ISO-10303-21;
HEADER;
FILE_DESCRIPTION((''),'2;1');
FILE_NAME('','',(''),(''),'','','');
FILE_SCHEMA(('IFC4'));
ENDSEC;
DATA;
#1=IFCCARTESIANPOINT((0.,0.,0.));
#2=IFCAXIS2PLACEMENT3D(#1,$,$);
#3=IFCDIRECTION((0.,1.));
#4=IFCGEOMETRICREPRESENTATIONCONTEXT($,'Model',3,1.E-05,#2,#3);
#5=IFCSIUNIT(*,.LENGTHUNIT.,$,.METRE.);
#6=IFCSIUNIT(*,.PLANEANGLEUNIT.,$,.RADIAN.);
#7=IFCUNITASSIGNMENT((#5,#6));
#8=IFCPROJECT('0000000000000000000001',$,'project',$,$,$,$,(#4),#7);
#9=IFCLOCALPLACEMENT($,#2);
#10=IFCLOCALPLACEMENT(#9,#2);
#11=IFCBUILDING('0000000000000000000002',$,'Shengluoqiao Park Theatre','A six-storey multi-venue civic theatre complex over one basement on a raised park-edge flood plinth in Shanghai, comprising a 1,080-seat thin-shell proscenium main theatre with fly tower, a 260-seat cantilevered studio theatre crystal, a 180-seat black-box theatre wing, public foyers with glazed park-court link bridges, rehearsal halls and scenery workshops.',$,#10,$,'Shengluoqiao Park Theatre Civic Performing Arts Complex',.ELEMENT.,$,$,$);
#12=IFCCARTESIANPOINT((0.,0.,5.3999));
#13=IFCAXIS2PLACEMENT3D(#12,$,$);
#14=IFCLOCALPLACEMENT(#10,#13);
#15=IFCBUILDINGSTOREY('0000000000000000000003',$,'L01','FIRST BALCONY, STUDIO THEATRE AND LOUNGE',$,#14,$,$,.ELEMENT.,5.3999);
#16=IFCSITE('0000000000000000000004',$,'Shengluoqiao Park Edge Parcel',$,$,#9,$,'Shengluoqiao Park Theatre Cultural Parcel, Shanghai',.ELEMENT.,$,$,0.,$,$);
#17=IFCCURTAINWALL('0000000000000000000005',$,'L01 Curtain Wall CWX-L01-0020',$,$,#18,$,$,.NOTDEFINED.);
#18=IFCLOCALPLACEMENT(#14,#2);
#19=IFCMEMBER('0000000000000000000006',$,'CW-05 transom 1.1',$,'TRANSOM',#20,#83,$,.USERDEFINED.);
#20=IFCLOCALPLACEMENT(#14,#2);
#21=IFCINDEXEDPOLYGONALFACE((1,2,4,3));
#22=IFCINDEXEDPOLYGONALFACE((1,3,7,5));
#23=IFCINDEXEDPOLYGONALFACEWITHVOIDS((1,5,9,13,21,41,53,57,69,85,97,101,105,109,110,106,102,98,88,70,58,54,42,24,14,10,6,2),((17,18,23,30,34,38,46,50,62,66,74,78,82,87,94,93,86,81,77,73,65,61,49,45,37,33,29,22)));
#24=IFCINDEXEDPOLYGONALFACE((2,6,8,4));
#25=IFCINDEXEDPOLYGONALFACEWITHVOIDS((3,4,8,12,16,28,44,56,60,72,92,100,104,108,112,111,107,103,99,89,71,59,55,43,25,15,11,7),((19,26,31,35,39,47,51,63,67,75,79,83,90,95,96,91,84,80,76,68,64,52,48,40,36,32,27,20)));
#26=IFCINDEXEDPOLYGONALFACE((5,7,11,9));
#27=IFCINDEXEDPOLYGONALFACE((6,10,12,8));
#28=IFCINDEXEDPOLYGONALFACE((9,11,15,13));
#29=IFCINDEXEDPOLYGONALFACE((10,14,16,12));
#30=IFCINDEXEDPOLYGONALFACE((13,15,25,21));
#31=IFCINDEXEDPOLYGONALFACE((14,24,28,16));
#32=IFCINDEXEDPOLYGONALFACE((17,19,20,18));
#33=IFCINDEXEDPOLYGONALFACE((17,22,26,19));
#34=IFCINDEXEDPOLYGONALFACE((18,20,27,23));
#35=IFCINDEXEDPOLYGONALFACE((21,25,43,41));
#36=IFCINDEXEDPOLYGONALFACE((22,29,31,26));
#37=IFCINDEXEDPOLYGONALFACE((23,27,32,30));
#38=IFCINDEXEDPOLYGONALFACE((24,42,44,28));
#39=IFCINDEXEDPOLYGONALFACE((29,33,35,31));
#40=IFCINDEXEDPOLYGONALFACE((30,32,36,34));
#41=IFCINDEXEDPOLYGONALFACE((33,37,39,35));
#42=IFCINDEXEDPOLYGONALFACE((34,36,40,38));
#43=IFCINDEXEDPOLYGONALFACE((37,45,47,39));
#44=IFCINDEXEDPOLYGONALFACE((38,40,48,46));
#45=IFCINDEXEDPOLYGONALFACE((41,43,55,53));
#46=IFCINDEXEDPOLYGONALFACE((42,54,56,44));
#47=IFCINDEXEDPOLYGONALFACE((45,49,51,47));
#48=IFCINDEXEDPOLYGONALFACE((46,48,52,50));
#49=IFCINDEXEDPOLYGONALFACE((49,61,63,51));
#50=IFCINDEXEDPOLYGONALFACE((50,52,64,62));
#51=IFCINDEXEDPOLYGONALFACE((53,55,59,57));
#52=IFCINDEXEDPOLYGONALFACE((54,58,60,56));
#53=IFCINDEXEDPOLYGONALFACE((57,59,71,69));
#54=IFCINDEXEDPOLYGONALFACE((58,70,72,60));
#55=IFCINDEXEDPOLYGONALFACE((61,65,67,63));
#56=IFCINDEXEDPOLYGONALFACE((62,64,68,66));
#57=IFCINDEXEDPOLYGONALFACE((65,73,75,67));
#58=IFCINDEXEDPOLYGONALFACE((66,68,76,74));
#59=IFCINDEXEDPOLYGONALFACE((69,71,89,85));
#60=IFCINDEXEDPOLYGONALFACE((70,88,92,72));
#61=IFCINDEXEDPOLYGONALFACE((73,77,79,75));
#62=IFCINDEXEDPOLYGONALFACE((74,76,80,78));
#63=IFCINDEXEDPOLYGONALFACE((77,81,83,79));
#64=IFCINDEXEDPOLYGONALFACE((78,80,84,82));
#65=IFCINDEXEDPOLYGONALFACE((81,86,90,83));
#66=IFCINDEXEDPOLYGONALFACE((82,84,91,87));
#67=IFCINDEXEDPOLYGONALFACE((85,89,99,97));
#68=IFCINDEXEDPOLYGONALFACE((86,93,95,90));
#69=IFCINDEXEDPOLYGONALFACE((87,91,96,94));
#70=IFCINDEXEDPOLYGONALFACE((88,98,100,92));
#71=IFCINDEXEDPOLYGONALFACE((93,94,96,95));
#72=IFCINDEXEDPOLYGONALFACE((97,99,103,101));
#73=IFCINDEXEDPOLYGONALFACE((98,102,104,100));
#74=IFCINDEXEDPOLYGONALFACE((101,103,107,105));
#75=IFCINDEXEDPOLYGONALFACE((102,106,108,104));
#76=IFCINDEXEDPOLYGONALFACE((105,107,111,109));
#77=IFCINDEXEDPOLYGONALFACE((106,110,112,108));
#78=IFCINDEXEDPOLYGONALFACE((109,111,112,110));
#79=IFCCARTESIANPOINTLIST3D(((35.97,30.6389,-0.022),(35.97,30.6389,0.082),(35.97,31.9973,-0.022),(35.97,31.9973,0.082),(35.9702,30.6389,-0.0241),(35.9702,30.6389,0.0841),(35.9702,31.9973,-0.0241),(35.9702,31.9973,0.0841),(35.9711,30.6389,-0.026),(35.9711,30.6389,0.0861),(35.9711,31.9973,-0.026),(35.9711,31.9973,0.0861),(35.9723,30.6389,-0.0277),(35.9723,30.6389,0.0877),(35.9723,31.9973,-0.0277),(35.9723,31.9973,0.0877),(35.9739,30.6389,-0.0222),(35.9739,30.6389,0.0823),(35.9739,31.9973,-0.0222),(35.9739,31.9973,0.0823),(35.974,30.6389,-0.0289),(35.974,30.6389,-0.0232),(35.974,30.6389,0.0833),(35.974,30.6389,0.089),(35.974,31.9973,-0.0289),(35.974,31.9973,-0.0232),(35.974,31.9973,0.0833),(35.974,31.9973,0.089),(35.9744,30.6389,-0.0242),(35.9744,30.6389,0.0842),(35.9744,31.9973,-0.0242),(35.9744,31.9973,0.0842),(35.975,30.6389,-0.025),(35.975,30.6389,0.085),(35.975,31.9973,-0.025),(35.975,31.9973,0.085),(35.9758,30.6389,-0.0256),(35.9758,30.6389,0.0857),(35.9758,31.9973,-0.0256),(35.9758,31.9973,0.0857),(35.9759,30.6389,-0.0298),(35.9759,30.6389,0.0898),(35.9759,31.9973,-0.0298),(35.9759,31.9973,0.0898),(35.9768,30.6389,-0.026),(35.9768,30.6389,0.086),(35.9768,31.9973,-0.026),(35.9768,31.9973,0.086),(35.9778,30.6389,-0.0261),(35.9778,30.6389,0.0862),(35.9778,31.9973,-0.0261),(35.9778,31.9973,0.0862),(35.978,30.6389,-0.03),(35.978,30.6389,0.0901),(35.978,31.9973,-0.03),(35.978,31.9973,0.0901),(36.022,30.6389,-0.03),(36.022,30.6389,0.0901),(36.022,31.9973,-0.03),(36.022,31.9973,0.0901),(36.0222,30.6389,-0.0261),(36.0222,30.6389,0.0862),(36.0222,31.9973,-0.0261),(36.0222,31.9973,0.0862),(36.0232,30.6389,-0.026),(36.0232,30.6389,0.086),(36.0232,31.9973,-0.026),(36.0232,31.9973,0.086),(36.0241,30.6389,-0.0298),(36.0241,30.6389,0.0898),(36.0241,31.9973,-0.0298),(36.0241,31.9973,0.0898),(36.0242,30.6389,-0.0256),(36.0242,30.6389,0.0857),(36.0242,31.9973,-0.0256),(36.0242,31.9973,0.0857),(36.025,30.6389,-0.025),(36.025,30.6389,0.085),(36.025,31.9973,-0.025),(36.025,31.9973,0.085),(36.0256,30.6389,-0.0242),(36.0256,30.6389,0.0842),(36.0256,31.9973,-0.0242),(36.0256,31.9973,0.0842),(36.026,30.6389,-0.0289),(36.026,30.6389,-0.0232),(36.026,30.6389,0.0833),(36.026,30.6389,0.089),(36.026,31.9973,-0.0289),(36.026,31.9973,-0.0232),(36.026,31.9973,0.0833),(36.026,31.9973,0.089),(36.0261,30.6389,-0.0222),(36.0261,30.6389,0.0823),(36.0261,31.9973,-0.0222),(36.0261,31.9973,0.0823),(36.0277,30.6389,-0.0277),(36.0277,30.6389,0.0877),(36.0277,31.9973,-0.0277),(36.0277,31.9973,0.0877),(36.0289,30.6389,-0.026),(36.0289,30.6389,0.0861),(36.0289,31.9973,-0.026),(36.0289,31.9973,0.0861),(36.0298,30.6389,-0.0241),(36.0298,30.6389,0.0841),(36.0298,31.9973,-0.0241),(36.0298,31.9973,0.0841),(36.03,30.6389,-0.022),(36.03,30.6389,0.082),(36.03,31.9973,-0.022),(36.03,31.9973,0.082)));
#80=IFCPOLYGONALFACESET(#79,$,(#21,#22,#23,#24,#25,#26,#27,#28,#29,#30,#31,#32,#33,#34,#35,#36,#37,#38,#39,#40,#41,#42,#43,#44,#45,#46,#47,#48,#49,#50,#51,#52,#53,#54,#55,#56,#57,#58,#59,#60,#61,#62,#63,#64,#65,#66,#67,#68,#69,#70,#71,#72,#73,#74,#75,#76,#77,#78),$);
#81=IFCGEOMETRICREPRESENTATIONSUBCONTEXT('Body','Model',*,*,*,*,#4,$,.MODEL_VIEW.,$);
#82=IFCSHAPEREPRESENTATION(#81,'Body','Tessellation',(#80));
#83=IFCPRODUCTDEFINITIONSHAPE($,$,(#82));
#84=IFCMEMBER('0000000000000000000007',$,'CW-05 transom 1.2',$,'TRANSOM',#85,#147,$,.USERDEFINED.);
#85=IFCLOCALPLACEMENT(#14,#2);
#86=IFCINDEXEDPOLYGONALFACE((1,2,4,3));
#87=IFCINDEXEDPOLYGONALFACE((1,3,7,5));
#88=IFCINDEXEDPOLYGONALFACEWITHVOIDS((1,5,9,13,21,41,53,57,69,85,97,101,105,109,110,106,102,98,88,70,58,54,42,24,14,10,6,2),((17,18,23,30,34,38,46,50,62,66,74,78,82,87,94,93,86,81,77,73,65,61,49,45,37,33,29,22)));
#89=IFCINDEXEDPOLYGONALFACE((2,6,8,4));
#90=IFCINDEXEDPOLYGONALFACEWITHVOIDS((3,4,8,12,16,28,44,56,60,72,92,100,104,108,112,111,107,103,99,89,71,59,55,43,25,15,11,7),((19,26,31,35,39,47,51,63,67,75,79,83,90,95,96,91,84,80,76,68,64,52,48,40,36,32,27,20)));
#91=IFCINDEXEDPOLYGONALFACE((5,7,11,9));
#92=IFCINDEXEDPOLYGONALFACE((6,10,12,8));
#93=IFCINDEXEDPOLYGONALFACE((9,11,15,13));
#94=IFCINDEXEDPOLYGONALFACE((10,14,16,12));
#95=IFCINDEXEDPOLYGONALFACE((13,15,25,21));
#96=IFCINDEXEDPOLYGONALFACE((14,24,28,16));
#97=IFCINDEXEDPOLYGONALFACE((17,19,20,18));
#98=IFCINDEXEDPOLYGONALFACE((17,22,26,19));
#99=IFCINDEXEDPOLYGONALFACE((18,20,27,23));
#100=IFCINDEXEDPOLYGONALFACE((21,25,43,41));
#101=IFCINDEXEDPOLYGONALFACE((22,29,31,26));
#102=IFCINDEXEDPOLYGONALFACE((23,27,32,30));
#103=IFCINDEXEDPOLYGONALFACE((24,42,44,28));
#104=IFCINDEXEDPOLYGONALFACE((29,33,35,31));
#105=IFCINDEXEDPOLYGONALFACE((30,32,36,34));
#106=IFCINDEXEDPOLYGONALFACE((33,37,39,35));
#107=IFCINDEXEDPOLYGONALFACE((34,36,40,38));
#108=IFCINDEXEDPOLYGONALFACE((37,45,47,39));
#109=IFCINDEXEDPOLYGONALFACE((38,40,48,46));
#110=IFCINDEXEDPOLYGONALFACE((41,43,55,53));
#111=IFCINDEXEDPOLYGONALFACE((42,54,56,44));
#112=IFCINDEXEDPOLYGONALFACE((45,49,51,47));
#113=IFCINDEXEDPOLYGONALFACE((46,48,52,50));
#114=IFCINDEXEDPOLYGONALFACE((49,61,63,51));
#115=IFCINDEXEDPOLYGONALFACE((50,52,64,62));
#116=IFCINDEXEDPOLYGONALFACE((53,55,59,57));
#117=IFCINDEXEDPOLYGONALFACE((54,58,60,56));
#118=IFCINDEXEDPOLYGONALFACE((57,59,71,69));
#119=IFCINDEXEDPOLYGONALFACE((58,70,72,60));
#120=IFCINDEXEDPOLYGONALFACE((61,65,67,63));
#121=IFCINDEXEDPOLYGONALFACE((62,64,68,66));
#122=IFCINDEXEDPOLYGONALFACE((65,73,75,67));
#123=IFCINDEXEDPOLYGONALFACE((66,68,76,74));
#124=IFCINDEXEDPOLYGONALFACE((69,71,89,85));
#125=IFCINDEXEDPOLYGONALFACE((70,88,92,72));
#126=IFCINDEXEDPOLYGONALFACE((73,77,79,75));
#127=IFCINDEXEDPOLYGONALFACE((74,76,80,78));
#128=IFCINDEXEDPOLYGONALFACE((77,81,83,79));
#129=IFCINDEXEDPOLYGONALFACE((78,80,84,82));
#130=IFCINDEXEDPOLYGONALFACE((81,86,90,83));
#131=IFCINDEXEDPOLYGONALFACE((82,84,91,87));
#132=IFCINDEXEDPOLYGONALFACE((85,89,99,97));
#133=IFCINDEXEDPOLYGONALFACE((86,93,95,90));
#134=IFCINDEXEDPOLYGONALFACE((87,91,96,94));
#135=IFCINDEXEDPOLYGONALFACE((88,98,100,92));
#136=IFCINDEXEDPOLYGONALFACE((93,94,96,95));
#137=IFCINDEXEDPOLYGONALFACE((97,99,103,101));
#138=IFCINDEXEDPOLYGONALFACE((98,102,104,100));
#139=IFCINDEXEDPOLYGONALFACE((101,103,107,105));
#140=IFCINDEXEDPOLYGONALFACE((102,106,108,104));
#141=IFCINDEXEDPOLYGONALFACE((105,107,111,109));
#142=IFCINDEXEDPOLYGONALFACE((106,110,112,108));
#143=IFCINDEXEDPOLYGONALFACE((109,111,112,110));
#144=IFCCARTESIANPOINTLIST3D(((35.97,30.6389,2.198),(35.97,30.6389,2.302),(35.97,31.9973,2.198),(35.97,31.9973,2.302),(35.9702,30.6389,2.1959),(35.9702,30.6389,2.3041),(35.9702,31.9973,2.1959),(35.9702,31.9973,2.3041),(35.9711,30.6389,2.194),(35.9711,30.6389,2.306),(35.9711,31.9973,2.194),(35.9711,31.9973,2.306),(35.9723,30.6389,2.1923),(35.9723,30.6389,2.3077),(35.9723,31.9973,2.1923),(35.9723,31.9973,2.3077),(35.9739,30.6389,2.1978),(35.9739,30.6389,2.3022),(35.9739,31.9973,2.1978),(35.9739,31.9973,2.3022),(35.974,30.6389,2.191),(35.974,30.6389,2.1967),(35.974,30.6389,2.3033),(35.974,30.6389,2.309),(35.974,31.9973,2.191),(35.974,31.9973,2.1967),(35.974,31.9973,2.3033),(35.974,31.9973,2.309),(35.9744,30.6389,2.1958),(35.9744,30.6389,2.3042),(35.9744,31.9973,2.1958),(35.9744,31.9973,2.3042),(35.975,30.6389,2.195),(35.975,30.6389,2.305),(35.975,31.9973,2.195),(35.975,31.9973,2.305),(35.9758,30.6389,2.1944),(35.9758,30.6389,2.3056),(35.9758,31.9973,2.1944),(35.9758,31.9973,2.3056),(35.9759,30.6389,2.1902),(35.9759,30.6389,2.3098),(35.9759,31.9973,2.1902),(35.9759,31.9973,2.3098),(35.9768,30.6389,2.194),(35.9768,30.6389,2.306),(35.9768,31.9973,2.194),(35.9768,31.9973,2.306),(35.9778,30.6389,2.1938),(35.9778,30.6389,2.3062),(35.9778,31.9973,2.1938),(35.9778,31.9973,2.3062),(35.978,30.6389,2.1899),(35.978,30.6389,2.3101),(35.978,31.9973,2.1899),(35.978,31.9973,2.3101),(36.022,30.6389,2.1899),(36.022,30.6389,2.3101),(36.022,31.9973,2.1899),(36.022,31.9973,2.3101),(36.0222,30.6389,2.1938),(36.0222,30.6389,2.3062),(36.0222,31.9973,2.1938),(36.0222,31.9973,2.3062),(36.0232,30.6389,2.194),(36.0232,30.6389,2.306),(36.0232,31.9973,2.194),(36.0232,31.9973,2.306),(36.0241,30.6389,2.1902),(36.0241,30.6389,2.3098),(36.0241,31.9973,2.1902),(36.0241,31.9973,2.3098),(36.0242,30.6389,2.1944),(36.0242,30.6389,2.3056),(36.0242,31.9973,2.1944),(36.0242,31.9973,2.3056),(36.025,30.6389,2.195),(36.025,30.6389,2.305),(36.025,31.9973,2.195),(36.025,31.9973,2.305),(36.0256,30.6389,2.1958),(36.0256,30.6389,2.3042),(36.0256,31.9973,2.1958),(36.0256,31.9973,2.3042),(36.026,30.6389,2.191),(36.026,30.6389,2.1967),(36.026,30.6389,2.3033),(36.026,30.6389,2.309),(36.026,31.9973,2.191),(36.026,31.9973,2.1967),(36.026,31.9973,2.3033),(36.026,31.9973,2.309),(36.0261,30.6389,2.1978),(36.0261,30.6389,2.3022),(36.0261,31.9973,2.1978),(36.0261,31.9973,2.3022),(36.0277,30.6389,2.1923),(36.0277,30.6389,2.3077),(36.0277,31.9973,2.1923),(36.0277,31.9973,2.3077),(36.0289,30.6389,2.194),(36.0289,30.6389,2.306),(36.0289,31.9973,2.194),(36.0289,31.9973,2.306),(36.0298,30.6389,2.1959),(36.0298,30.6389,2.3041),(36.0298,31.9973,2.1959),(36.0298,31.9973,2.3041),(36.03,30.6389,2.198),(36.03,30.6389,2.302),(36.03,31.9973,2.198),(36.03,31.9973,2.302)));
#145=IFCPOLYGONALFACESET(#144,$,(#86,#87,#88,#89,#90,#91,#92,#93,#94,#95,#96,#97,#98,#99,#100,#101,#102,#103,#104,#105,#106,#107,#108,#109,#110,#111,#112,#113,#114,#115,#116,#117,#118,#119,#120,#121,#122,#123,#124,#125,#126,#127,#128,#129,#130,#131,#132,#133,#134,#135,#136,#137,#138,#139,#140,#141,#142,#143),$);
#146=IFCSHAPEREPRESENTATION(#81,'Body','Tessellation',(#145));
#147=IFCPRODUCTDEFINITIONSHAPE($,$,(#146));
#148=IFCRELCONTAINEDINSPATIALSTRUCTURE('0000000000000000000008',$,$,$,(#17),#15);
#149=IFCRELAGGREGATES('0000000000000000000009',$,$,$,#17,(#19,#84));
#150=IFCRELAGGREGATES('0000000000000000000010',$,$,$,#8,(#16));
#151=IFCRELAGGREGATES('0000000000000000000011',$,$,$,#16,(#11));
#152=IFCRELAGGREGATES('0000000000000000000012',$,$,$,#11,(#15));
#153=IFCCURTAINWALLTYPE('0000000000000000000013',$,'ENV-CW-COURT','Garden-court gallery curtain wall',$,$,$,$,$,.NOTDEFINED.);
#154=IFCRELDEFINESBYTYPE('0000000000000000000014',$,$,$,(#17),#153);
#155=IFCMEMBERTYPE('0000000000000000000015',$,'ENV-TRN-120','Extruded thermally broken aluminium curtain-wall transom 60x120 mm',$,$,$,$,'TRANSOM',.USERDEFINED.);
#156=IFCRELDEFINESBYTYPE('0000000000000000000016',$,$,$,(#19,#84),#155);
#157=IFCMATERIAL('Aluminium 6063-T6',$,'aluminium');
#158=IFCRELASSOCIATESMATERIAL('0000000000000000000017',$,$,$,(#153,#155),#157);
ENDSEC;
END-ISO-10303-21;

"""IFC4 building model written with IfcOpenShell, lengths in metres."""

from ifc_helpers import new_model, si_unit, direction, frame, origin, origin_2d, place, context, subcontext, project, spatial, hollow_rectangle, extrude, material, material_profile, profile_set, type_object, element, aggregate, save


model = new_model("IFC4")

# Units and contexts
model_context = context("Model", 3, precision=1e-05, world=origin(), true_north=direction((0.0, 1.0)))
body_context = subcontext(model_context, "Body", "Model", "MODEL_VIEW")
ifc_project = project(units=[si_unit("LENGTHUNIT", "METRE"), si_unit("PLANEANGLEUNIT", "RADIAN")], contexts=[model_context])

# Site, building, storey
site_placement = place(None, origin())
site = spatial("IfcSite", under=ifc_project, at=site_placement, Name="Shengluoqiao Park Edge Parcel", LongName="Shengluoqiao Park Theatre Cultural Parcel, Shanghai", CompositionType="ELEMENT", RefElevation=0.0)
building_placement = place(site_placement, origin())
building = spatial("IfcBuilding", under=site, at=building_placement, Name="Shengluoqiao Park Theatre", Description="A six-storey multi-venue civic theatre complex over one basement on a raised park-edge flood plinth in Shanghai, comprising a 1,080-seat thin-shell proscenium main theatre with fly tower, a 260-seat cantilevered studio theatre crystal, a 180-seat black-box theatre wing, public foyers with glazed park-court link bridges, rehearsal halls and scenery workshops.", LongName="Shengluoqiao Park Theatre Civic Performing Arts Complex", CompositionType="ELEMENT")
storey_placement = place(building_placement, frame((0.0, 0.0, 5.3999)))
storey = spatial("IfcBuildingStorey", under=building, at=storey_placement, Name="L01", Description="FIRST BALCONY, STUDIO THEATRE AND LOUNGE", CompositionType="ELEMENT", Elevation=5.3999)

# Curtain wall
ifc_material_1 = material(Name="Aluminium 6063-T6", Category="aluminium")
curtain_wall_type = type_object("IfcCurtainWallType", Name="ENV-CW-COURT", Description="Garden-court gallery curtain wall", PredefinedType="NOTDEFINED", material=ifc_material_1)
curtain_wall_1_placement = place(storey_placement, origin())
curtain_wall_1 = element("IfcCurtainWall", 1, at=curtain_wall_1_placement, inside=storey, type_object=curtain_wall_type, Name="L01 Curtain Wall CWX-L01-0020", PredefinedType="NOTDEFINED")

# Members
ifc_material_profile_1 = material_profile(ifc_material_1, hollow_rectangle(XDim=0.0601, YDim=0.1201, WallThickness=0.0039, InnerFilletRadius=0.0039, OuterFilletRadius=0.0081, at=origin_2d()), Name="ALU TRANSOM 120x60x4")
ifc_profile_set_1 = profile_set([ifc_material_profile_1], Name="Aluminium 6063-T6")
member_type_1 = type_object("IfcMemberType", Name="ENV-TRN-120", Description="Extruded thermally broken aluminium curtain-wall transom 60x120 mm", ElementType="TRANSOM", PredefinedType="USERDEFINED", material=ifc_profile_set_1)
member_1_placement = place(storey_placement, frame((36.0, 30.6389, 0.03), z_axis=(0.0, 1.0, 0.0), x_axis=(-1.0, 0.0, 0.0)))
member_1 = element("IfcMember", 2, at=member_1_placement, type_object=member_type_1, Name="CW-05 transom 1.1", ObjectType="TRANSOM", PredefinedType="USERDEFINED", context=body_context, shape_type="SweptSolid", body=[
    extrude(hollow_rectangle(XDim=0.0601, YDim=0.1201, WallThickness=0.0039, InnerFilletRadius=0.0039, OuterFilletRadius=0.0081, at=origin_2d()), origin(), (0.0, 0.0, 1.0), 1.3584),
])
member_2_placement = place(storey_placement, frame((36.0, 30.6389, 2.25), z_axis=(0.0, 1.0, 0.0), x_axis=(-1.0, 0.0, 0.0)))
member_2 = element("IfcMember", 3, at=member_2_placement, type_object=member_type_1, Name="CW-05 transom 1.2", ObjectType="TRANSOM", PredefinedType="USERDEFINED", context=body_context, shape_type="SweptSolid", body=[
    extrude(hollow_rectangle(XDim=0.0601, YDim=0.1201, WallThickness=0.0039, InnerFilletRadius=0.0039, OuterFilletRadius=0.0081, at=origin_2d()), origin(), (0.0, 0.0, 1.0), 1.3584),
])

aggregate(curtain_wall_1, [member_1, member_2])

save(model, "model.ifc")
